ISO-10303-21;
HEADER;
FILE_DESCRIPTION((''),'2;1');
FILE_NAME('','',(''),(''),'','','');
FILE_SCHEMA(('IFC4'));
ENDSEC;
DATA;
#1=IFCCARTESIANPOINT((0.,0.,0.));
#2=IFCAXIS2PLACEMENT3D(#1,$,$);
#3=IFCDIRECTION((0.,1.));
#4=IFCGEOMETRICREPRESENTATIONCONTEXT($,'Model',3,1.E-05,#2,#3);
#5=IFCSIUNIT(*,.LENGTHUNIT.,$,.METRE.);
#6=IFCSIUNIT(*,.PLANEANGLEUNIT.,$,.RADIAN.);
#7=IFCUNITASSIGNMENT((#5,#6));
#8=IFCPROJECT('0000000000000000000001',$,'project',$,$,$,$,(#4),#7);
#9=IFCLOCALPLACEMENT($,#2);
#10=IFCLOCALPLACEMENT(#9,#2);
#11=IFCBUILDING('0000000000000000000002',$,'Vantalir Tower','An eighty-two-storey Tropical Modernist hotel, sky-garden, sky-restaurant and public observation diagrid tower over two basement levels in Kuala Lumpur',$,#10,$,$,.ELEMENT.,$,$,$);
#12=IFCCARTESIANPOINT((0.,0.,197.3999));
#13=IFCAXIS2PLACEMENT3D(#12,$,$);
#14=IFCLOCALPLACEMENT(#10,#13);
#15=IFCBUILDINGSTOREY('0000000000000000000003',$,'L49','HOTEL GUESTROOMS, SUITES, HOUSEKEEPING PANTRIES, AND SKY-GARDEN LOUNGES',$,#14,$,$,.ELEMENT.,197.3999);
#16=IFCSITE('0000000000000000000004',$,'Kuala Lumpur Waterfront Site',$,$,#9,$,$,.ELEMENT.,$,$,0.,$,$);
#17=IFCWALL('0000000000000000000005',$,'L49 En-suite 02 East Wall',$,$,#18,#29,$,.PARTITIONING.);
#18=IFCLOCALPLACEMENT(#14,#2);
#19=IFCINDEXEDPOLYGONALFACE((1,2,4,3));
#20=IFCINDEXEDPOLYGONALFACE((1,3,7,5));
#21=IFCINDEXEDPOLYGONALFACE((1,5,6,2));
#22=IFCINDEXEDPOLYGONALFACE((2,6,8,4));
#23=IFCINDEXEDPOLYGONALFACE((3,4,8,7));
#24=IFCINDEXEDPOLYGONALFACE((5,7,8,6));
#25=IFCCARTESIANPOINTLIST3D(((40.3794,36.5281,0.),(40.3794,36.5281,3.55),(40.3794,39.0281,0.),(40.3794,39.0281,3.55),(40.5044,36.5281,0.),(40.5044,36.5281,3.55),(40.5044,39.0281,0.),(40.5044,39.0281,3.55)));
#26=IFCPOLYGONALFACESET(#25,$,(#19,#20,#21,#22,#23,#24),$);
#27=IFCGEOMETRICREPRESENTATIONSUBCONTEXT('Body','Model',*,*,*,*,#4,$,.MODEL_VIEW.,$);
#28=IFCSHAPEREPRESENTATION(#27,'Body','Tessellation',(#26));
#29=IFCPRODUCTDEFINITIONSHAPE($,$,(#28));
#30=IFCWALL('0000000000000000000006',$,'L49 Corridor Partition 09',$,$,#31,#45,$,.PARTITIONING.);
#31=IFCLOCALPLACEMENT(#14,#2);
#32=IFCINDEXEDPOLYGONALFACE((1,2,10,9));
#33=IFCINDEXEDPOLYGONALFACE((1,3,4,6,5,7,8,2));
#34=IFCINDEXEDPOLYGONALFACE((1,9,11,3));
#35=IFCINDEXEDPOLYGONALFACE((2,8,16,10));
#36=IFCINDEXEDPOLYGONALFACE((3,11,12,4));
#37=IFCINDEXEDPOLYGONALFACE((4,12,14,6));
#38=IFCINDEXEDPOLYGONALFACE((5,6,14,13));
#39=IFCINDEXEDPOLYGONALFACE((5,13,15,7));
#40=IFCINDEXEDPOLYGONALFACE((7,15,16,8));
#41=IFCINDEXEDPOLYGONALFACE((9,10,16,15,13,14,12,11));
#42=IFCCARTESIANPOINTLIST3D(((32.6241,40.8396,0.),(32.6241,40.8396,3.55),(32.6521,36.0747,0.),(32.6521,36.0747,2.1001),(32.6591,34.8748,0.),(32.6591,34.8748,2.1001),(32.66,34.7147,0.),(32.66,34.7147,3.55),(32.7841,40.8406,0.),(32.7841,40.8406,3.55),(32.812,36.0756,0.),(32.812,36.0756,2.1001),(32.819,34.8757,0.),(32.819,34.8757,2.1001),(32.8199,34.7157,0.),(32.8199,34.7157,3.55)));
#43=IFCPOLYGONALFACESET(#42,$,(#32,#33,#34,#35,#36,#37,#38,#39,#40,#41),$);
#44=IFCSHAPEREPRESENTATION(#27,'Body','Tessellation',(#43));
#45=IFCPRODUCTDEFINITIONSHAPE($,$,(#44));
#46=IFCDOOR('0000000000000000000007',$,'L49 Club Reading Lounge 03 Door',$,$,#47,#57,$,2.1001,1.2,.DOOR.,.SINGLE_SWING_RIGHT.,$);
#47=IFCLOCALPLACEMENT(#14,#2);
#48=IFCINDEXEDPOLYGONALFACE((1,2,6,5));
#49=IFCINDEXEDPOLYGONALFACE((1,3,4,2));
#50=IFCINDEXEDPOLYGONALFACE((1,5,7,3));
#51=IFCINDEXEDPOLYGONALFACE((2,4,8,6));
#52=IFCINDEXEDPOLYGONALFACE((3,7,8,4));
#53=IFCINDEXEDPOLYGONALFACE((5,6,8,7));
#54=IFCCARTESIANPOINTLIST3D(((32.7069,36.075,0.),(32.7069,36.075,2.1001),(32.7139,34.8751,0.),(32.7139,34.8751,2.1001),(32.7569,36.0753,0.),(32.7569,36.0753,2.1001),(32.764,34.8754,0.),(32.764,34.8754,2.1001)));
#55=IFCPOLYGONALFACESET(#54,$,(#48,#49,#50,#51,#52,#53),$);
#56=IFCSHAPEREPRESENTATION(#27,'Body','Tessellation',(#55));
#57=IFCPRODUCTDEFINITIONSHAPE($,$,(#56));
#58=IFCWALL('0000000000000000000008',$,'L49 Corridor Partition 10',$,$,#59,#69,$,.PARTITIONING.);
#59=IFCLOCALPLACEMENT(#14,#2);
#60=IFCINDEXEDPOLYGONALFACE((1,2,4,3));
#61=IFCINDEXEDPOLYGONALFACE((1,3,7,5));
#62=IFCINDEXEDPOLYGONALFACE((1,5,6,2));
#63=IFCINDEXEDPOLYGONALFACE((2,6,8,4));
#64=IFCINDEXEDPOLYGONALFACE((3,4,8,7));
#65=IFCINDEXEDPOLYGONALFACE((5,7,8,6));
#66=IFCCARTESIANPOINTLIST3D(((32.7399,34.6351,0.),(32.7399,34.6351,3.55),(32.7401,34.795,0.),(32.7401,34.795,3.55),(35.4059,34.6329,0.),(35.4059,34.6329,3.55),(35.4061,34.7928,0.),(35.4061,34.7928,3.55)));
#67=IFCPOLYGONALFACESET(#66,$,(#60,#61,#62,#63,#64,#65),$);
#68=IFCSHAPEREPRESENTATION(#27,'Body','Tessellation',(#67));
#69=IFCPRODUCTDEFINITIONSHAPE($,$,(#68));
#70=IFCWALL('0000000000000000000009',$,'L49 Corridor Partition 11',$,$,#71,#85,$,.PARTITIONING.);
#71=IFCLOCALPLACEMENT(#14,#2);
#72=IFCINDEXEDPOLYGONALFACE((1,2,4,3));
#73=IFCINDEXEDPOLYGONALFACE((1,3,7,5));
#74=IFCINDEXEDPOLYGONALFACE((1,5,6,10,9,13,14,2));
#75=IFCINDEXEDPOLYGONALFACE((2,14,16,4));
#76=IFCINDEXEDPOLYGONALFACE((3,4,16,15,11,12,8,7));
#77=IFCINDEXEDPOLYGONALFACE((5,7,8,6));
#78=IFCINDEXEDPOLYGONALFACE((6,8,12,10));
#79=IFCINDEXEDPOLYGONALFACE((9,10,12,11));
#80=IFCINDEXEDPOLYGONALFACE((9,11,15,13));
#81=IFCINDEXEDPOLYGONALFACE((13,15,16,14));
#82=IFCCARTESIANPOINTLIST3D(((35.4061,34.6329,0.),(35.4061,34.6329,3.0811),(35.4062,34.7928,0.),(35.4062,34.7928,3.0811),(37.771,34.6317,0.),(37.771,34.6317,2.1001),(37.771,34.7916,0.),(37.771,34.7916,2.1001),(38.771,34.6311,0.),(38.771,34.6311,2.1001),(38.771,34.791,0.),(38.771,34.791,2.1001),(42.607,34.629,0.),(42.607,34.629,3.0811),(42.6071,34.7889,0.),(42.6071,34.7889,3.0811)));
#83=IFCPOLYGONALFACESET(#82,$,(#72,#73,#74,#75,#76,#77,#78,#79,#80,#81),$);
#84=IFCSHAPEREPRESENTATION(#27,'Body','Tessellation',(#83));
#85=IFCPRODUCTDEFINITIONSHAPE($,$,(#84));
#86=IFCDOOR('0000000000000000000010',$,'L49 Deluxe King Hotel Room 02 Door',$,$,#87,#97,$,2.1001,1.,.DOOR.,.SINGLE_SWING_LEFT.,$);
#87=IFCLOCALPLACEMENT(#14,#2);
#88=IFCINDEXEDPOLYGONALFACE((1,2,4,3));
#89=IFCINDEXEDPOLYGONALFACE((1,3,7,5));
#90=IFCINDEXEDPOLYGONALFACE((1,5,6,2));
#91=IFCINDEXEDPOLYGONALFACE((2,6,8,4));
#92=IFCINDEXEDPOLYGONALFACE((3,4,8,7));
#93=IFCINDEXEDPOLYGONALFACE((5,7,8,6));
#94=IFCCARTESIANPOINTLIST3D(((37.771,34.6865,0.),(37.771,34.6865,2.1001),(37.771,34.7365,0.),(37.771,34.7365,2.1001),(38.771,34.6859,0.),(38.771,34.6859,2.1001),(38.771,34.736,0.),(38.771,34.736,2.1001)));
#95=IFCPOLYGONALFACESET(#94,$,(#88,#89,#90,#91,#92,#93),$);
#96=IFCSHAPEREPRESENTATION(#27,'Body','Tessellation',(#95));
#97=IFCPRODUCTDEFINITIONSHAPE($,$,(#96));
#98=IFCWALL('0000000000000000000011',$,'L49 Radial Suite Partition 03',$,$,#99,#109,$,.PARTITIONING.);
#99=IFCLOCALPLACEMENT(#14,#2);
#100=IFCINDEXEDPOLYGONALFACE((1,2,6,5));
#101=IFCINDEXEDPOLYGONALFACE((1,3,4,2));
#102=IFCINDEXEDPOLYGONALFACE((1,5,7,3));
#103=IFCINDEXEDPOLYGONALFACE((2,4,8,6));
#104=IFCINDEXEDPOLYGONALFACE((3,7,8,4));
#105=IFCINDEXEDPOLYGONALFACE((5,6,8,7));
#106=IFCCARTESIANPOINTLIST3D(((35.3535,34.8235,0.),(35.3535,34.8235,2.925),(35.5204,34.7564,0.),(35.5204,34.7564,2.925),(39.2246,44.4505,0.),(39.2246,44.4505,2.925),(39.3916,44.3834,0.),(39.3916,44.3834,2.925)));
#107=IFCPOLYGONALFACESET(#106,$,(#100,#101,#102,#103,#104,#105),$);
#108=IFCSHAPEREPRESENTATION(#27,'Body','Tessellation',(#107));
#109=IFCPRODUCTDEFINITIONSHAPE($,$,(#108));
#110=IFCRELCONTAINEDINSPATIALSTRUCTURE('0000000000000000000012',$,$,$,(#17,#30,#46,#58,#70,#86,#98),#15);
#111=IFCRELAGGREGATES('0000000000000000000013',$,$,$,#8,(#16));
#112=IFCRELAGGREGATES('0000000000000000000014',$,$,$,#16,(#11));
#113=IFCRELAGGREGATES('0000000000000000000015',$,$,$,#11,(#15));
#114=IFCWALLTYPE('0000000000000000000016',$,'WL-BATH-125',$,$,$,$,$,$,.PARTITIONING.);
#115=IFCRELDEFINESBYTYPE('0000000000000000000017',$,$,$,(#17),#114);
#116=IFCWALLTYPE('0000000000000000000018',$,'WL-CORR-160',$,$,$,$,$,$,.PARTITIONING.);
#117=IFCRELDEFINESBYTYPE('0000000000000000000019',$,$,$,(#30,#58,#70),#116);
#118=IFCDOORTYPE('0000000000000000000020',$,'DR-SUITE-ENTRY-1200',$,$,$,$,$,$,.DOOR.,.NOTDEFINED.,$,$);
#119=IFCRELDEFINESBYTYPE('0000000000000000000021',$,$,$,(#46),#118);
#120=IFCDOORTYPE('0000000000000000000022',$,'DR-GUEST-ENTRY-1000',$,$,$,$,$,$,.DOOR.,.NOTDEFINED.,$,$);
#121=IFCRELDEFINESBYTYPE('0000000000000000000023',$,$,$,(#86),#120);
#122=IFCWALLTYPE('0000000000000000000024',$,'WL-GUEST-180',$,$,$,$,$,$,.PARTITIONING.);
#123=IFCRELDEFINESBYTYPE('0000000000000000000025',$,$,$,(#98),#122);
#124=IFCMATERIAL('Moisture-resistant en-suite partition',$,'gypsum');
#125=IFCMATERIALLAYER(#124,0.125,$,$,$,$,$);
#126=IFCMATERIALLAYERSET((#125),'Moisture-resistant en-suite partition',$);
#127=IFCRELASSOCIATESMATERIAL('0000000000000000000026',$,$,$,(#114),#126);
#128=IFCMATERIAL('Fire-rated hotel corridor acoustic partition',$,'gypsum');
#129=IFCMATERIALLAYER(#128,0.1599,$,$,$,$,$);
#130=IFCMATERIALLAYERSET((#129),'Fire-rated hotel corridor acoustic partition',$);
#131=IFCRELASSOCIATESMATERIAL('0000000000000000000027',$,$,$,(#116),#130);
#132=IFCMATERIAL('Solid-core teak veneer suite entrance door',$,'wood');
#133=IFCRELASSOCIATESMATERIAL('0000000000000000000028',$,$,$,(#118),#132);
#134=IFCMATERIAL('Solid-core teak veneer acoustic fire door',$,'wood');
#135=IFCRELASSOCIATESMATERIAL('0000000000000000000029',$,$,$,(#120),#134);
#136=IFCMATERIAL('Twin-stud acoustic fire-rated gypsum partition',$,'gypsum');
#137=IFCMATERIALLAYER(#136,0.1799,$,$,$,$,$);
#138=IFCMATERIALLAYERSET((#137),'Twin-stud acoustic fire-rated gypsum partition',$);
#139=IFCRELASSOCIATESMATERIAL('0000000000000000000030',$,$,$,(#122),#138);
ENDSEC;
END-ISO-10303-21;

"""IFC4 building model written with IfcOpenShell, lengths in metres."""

from ifc_helpers import new_model, si_unit, direction, frame, frame_2d, origin, place, context, subcontext, project, spatial, rectangle, extrude, material, layer, layer_set, type_object, element, fill, save


model = new_model("IFC4")

# Units and contexts
model_context = context("Model", 3, precision=1e-05, world=origin(), true_north=direction((0.0, 1.0)))
body_context = subcontext(model_context, "Body", "Model", "MODEL_VIEW")
ifc_project = project(units=[si_unit("LENGTHUNIT", "METRE"), si_unit("PLANEANGLEUNIT", "RADIAN")], contexts=[model_context])

# Site, building, storey
site_placement = place(None, origin())
site = spatial("IfcSite", under=ifc_project, at=site_placement, Name="Kuala Lumpur Waterfront Site", CompositionType="ELEMENT", RefElevation=0.0)
building_placement = place(site_placement, origin())
building = spatial("IfcBuilding", under=site, at=building_placement, Name="Vantalir Tower", Description="An eighty-two-storey Tropical Modernist hotel, sky-garden, sky-restaurant and public observation diagrid tower over two basement levels in Kuala Lumpur", CompositionType="ELEMENT")
storey_placement = place(building_placement, frame((0.0, 0.0, 197.3999)))
storey = spatial("IfcBuildingStorey", under=building, at=storey_placement, Name="L49", Description="HOTEL GUESTROOMS, SUITES, HOUSEKEEPING PANTRIES, AND SKY-GARDEN LOUNGES", CompositionType="ELEMENT", Elevation=197.3999)

# Shared definitions
ifc_material_1 = material(Name="Moisture-resistant en-suite partition", Category="gypsum")
ifc_layer_1 = layer(ifc_material_1, 0.125)
ifc_layer_set_1 = layer_set([ifc_layer_1], Name="Moisture-resistant en-suite partition")
wall_type_1 = type_object("IfcWallType", Name="WL-BATH-125", PredefinedType="PARTITIONING", material=ifc_layer_set_1)

# Wall
for number, where, z_axis, x_axis, name in (
    (1, (40.4419, 36.5281, 0.0), (0.0, 0.0, 1.0), (0.0, 1.0, 0.0), "L49 En-suite 02 East Wall"),
):
    element("IfcWall", number, at=place(storey_placement, frame(where, z_axis=z_axis, x_axis=x_axis)), inside=storey, type_object=wall_type_1, Name=name, PredefinedType="PARTITIONING", context=body_context, shape_type="SweptSolid", body=[
        extrude(rectangle(XDim=2.5, YDim=0.125, at=frame_2d((1.25, 0.0))), origin(), (0.0, 0.0, 1.0), 3.55),
    ])

# Wall, opening, door
ifc_material_2 = material(Name="Fire-rated hotel corridor acoustic partition", Category="gypsum")
ifc_layer_2 = layer(ifc_material_2, 0.1599)
ifc_layer_set_2 = layer_set([ifc_layer_2], Name="Fire-rated hotel corridor acoustic partition")
wall_type_2 = type_object("IfcWallType", Name="WL-CORR-160", PredefinedType="PARTITIONING", material=ifc_layer_set_2)
wall_1_placement = place(storey_placement, frame((32.7041, 40.8401, 0.0), z_axis=(0.0, 0.0, 1.0), x_axis=(0.005859, -0.999983, 0.0)))
wall_1 = element("IfcWall", 2, at=wall_1_placement, inside=storey, type_object=wall_type_2, Name="L49 Corridor Partition 09", PredefinedType="PARTITIONING", context=body_context, shape_type="SweptSolid", body=[
    extrude(rectangle(XDim=6.125, YDim=0.1599, at=frame_2d((3.0625, 0.0))), origin(), (0.0, 0.0, 1.0), 3.55),
])
opening_1_placement = place(wall_1_placement, frame((4.7649, 0.0, 0.0)))
opening_1 = element("IfcOpeningElement", 3, at=opening_1_placement, cuts=wall_1, PredefinedType="OPENING", context=body_context, shape_type="SweptSolid", body=[
    extrude(rectangle(XDim=1.2, YDim=2.1001, at=frame_2d((0.6001, 1.05))), frame((0.0, 0.0898, 0.0), z_axis=(0.0, -1.0, 0.0), x_axis=(1.0, 0.0, 0.0)), (0.0, 0.0, 1.0), 0.1799),
])
ifc_material_3 = material(Name="Solid-core teak veneer suite entrance door", Category="wood")
door_type_1 = type_object("IfcDoorType", Name="DR-SUITE-ENTRY-1200", OperationType="NOTDEFINED", PredefinedType="DOOR", material=ifc_material_3)
door_1_placement = place(opening_1_placement, origin())
door_1 = element("IfcDoor", 4, at=door_1_placement, inside=storey, type_object=door_type_1, Name="L49 Club Reading Lounge 03 Door", OperationType="SINGLE_SWING_RIGHT", OverallHeight=2.1001, OverallWidth=1.2, PredefinedType="DOOR", context=body_context, shape_type="SweptSolid", body=[
    extrude(rectangle(XDim=1.2, YDim=2.1001, at=frame_2d((0.6001, 1.05))), frame((0.0, 0.0249, 0.0), z_axis=(0.0, -1.0, 0.0), x_axis=(1.0, 0.0, 0.0)), (0.0, 0.0, 1.0), 0.05),
])
fill(opening_1, door_1)

# Wall
wall_2_placement = place(storey_placement, frame((32.74, 34.7151, 0.0), z_axis=(0.0, 0.0, 1.0), x_axis=(1.0, -0.000824, 0.0)))
element("IfcWall", 5, at=wall_2_placement, inside=storey, type_object=wall_type_2, Name="L49 Corridor Partition 10", PredefinedType="PARTITIONING", context=body_context, shape_type="SweptSolid", body=[
    extrude(rectangle(XDim=2.666, YDim=0.1599, at=frame_2d((1.333, 0.0))), origin(), (0.0, 0.0, 1.0), 3.55),
])

# Wall, opening, door
wall_3_placement = place(storey_placement, frame((35.406, 34.7129, 0.0), z_axis=(0.0, 0.0, 1.0), x_axis=(1.0, -0.000542, 0.0)))
wall_3 = element("IfcWall", 6, at=wall_3_placement, inside=storey, type_object=wall_type_2, Name="L49 Corridor Partition 11", PredefinedType="PARTITIONING", context=body_context, shape_type="SweptSolid", body=[
    extrude(rectangle(XDim=7.2009, YDim=0.1599, at=frame_2d((3.6006, 0.0))), origin(), (0.0, 0.0, 1.0), 3.0811),
])
opening_2_placement = place(wall_3_placement, frame((2.365, 0.0, 0.0)))
opening_2 = element("IfcOpeningElement", 7, at=opening_2_placement, cuts=wall_3, PredefinedType="OPENING", context=body_context, shape_type="SweptSolid", body=[
    extrude(rectangle(XDim=1.0, YDim=2.1001, at=frame_2d((0.5, 1.05))), frame((0.0, 0.0898, 0.0), z_axis=(0.0, -1.0, 0.0), x_axis=(1.0, 0.0, 0.0)), (0.0, 0.0, 1.0), 0.1799),
])
ifc_material_4 = material(Name="Solid-core teak veneer acoustic fire door", Category="wood")
door_type_2 = type_object("IfcDoorType", Name="DR-GUEST-ENTRY-1000", OperationType="NOTDEFINED", PredefinedType="DOOR", material=ifc_material_4)
door_2_placement = place(opening_2_placement, origin())
door_2 = element("IfcDoor", 8, at=door_2_placement, inside=storey, type_object=door_type_2, Name="L49 Deluxe King Hotel Room 02 Door", OperationType="SINGLE_SWING_LEFT", OverallHeight=2.1001, OverallWidth=1.0, PredefinedType="DOOR", context=body_context, shape_type="SweptSolid", body=[
    extrude(rectangle(XDim=1.0, YDim=2.1001, at=frame_2d((0.5, 1.05))), frame((0.0, 0.0249, 0.0), z_axis=(0.0, -1.0, 0.0), x_axis=(1.0, 0.0, 0.0)), (0.0, 0.0, 1.0), 0.05),
])
fill(opening_2, door_2)

# Wall
ifc_material_5 = material(Name="Twin-stud acoustic fire-rated gypsum partition", Category="gypsum")
ifc_layer_3 = layer(ifc_material_5, 0.1799)
ifc_layer_set_3 = layer_set([ifc_layer_3], Name="Twin-stud acoustic fire-rated gypsum partition")
wall_type_3 = type_object("IfcWallType", Name="WL-GUEST-180", PredefinedType="PARTITIONING", material=ifc_layer_set_3)
wall_4_placement = place(storey_placement, frame((35.437, 34.79, 0.0), z_axis=(0.0, 0.0, 1.0), x_axis=(0.373078, 0.9278, 0.0)))
element("IfcWall", 9, at=wall_4_placement, inside=storey, type_object=wall_type_3, Name="L49 Radial Suite Partition 03", PredefinedType="PARTITIONING", context=body_context, shape_type="SweptSolid", body=[
    extrude(rectangle(XDim=10.3762, YDim=0.1799, at=frame_2d((5.188, 0.0))), origin(), (0.0, 0.0, 1.0), 2.925),
])

save(model, "model.ifc")
